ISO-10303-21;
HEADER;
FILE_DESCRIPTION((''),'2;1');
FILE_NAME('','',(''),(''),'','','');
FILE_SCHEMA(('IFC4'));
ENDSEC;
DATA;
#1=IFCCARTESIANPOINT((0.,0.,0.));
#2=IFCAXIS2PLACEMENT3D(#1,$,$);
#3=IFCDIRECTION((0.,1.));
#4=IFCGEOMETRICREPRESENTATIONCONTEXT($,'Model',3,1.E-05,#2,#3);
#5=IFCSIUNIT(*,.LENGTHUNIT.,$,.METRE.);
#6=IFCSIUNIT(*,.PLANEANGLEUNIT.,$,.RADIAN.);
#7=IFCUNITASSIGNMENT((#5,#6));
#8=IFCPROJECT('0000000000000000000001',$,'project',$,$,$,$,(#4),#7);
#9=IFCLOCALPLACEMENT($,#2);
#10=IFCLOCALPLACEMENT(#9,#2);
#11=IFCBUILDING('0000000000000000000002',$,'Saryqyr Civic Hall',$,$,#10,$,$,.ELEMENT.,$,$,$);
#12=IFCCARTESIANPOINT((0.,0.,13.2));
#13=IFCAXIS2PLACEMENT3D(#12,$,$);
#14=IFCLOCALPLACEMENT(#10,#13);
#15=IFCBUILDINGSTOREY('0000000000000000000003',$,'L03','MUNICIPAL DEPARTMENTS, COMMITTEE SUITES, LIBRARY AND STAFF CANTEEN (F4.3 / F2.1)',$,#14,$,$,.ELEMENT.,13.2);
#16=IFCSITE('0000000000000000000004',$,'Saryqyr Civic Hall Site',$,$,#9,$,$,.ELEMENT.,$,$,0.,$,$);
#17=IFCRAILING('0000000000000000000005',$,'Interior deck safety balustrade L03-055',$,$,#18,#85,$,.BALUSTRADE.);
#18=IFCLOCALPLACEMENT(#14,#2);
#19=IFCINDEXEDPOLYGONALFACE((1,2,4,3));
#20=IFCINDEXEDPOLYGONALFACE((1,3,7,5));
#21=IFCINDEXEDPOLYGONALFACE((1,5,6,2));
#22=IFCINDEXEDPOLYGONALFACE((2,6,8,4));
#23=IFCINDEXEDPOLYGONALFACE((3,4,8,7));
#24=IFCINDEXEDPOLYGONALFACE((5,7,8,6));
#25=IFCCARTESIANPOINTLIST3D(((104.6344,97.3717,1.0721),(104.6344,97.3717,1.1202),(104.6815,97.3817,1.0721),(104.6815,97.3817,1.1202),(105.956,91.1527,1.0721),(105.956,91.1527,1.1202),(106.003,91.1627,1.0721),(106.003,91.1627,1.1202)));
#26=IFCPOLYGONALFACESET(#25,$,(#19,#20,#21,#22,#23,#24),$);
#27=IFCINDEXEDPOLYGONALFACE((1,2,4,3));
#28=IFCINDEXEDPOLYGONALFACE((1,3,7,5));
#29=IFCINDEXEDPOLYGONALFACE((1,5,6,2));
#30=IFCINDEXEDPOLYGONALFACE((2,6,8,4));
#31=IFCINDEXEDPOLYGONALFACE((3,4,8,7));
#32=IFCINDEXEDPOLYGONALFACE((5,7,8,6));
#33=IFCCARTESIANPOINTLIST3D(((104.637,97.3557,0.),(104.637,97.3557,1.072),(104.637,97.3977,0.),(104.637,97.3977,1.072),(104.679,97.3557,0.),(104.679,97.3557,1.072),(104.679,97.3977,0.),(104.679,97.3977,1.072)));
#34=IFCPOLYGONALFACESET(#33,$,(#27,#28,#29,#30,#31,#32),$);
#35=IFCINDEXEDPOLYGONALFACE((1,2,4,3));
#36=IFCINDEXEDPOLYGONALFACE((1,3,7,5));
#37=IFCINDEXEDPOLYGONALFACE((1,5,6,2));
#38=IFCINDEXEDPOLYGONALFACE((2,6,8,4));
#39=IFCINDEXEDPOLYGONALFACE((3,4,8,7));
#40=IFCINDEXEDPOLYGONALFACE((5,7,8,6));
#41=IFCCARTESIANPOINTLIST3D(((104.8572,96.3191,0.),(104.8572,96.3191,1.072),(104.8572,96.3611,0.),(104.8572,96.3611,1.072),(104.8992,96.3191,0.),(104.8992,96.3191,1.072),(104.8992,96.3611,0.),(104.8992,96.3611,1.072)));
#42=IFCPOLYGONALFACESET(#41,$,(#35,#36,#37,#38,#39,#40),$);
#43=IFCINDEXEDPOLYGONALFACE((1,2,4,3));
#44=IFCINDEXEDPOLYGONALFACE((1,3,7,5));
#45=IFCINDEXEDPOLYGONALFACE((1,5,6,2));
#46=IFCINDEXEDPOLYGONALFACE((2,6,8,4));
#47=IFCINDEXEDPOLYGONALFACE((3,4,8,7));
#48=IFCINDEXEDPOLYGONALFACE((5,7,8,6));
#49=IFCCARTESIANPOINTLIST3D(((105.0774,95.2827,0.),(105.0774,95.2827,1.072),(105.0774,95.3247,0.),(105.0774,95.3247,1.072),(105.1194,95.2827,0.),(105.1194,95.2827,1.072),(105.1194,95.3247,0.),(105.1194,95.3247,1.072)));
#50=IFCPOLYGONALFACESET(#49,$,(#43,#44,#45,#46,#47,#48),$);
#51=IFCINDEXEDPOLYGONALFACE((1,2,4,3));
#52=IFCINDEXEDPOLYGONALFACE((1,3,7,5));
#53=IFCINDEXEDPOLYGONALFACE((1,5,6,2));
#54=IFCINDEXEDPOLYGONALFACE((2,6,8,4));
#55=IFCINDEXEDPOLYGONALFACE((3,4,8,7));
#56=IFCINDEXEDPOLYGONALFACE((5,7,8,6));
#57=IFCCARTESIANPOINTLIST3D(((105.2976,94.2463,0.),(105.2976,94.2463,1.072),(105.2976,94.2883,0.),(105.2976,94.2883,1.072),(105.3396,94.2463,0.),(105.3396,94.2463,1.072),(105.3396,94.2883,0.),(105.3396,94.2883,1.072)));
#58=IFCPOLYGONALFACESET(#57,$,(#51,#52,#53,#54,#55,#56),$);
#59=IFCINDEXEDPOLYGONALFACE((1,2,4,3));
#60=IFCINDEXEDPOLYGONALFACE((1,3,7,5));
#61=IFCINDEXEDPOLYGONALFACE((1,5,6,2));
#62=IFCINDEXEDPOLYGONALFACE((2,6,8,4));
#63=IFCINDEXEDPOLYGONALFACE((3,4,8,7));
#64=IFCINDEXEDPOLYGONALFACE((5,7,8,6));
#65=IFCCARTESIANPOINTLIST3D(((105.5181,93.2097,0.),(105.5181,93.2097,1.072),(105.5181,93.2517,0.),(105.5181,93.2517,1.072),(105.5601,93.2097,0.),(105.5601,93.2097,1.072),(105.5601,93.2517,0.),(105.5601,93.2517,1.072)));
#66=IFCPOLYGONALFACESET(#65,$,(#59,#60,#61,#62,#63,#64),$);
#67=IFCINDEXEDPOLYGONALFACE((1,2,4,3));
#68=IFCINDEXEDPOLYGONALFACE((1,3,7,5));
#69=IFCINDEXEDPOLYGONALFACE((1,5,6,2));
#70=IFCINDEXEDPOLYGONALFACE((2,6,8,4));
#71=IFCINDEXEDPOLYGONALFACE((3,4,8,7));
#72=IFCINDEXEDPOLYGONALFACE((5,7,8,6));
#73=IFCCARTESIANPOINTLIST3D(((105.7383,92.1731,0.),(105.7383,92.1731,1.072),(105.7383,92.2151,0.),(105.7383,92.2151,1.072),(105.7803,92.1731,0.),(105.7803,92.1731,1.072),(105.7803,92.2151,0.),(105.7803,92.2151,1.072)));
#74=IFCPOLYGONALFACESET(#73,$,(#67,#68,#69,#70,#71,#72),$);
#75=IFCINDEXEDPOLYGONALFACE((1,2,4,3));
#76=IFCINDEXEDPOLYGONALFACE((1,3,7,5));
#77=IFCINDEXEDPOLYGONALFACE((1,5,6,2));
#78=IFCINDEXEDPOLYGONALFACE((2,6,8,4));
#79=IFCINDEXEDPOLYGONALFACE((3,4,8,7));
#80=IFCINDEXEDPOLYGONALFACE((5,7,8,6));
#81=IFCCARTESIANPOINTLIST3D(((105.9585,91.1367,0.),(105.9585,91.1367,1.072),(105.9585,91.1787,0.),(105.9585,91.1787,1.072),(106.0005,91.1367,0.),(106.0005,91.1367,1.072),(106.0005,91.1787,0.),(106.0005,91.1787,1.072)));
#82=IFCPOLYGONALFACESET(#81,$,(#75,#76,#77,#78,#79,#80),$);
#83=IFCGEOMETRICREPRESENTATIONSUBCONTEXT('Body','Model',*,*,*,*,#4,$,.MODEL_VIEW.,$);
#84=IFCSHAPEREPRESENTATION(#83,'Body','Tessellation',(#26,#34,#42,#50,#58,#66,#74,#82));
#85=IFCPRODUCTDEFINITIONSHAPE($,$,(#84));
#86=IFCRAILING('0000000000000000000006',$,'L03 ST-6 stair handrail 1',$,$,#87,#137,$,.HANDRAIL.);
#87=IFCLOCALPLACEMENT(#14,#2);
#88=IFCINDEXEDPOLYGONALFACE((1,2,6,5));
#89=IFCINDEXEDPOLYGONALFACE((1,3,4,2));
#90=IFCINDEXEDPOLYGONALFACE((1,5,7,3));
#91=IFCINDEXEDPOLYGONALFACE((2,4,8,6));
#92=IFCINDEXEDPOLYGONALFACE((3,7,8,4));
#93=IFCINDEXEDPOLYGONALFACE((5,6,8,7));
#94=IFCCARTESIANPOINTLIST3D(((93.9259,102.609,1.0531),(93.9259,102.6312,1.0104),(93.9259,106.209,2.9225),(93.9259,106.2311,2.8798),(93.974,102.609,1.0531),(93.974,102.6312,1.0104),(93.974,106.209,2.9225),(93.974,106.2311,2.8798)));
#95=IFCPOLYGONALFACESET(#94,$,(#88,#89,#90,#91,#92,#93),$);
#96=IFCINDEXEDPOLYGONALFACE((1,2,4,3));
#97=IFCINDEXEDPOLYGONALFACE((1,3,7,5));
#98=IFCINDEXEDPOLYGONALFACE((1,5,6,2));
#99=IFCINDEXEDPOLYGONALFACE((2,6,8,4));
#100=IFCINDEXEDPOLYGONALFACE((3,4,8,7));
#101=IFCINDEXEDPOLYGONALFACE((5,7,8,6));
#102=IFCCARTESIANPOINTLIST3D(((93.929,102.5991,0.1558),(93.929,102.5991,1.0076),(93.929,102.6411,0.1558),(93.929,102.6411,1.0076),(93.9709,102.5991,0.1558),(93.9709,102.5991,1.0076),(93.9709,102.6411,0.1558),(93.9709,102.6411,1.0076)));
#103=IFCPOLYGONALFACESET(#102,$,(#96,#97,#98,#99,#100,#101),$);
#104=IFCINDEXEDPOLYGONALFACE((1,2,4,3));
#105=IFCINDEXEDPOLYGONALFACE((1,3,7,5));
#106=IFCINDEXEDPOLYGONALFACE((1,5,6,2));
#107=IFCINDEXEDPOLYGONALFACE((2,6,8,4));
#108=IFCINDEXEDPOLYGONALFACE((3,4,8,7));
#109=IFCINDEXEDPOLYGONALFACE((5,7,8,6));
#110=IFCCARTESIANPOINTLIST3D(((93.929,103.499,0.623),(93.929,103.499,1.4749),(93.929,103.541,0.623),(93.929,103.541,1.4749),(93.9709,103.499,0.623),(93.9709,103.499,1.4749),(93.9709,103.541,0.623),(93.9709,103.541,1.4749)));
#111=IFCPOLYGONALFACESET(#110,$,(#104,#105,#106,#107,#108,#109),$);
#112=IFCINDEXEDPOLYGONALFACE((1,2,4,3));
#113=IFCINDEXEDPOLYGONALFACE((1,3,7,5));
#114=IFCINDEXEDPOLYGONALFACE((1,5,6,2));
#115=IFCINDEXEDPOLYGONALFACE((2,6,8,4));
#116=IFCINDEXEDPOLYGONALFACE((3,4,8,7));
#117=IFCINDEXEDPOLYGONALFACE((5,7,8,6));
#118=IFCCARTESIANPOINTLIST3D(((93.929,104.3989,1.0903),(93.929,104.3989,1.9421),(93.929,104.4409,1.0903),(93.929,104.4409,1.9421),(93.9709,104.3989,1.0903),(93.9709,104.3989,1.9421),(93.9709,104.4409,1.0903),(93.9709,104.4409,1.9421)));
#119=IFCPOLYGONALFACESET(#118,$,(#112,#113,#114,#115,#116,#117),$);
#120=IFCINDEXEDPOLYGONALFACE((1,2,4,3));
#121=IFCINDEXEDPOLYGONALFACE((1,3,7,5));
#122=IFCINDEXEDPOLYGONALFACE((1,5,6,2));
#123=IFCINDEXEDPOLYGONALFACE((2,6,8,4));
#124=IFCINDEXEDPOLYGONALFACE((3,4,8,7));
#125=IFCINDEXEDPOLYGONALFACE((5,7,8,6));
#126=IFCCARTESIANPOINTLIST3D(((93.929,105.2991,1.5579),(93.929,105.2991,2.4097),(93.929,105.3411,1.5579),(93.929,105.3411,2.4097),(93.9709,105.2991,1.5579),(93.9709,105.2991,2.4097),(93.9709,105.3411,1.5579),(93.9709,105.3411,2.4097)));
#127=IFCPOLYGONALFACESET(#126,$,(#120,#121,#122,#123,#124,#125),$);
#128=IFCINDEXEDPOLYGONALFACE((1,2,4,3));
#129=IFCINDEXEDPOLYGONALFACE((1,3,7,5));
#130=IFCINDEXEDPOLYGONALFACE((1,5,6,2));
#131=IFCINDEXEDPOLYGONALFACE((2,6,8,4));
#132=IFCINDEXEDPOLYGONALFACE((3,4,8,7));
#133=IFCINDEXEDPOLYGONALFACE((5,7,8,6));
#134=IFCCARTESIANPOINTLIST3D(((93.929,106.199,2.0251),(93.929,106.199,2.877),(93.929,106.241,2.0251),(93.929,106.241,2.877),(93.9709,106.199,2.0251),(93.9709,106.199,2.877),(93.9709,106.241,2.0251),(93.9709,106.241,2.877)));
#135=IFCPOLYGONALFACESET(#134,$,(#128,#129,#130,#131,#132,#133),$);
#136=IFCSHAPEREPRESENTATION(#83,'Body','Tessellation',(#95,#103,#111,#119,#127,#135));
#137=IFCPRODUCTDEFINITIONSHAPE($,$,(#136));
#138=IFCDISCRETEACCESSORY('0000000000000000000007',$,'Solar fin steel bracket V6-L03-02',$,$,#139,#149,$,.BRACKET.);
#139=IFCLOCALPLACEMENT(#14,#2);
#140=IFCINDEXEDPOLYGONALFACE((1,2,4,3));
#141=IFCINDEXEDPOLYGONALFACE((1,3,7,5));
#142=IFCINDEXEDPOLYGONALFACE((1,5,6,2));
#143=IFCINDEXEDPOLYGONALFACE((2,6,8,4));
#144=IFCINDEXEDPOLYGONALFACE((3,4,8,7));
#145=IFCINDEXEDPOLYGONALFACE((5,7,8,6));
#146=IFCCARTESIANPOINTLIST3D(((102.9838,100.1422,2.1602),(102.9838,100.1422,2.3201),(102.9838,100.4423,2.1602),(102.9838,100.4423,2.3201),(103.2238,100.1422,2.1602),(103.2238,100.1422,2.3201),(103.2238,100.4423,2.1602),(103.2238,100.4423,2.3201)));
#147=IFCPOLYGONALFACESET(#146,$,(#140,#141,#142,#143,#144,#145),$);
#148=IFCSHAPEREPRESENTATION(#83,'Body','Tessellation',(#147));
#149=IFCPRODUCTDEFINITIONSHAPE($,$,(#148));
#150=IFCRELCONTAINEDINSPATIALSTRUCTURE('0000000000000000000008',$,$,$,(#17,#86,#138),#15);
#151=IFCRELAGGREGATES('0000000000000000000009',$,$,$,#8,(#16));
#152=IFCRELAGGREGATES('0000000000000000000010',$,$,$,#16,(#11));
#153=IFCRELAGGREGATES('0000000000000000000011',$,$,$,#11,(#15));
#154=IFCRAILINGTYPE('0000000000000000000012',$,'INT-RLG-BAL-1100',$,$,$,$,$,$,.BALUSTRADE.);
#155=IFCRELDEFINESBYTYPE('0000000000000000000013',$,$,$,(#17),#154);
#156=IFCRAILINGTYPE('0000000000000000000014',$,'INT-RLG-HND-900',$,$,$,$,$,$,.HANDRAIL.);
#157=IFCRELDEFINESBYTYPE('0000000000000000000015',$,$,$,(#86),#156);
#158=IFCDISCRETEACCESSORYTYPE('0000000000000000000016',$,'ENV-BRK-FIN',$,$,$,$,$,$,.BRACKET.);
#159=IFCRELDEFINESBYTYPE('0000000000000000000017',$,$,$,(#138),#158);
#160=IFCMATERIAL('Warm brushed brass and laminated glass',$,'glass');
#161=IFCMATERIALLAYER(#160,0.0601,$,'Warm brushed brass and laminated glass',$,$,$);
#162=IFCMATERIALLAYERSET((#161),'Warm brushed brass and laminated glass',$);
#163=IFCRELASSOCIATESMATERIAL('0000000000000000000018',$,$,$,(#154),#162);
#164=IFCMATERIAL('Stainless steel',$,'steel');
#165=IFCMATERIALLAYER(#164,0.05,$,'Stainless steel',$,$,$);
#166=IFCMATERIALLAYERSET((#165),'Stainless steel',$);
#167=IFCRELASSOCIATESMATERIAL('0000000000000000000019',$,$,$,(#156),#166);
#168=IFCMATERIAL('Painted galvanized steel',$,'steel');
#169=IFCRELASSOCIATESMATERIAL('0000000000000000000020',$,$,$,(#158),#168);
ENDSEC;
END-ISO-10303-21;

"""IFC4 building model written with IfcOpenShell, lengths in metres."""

from ifc_helpers import new_model, si_unit, direction, frame, origin, origin_2d, place, context, subcontext, project, spatial, rectangle, extrude, material, layer, layer_set, type_object, element, save


model = new_model("IFC4")

# Units and contexts
model_context = context("Model", 3, precision=1e-05, world=origin(), true_north=direction((0.0, 1.0)))
body_context = subcontext(model_context, "Body", "Model", "MODEL_VIEW")
ifc_project = project(units=[si_unit("LENGTHUNIT", "METRE"), si_unit("PLANEANGLEUNIT", "RADIAN")], contexts=[model_context])

# Site, building, storey
site_placement = place(None, origin())
site = spatial("IfcSite", under=ifc_project, at=site_placement, Name="Saryqyr Civic Hall Site", CompositionType="ELEMENT", RefElevation=0.0)
building_placement = place(site_placement, origin())
building = spatial("IfcBuilding", under=site, at=building_placement, Name="Saryqyr Civic Hall", CompositionType="ELEMENT")
storey_placement = place(building_placement, frame((0.0, 0.0, 13.2)))
storey = spatial("IfcBuildingStorey", under=building, at=storey_placement, Name="L03", Description="MUNICIPAL DEPARTMENTS, COMMITTEE SUITES, LIBRARY AND STAFF CANTEEN (F4.3 / F2.1)", CompositionType="ELEMENT", Elevation=13.2)

# Shared definitions
ifc_material_1 = material(Name="Painted galvanized steel", Category="steel")

# Railings
ifc_material_2 = material(Name="Warm brushed brass and laminated glass", Category="glass")
ifc_layer_1 = layer(ifc_material_2, 0.0601, Name="Warm brushed brass and laminated glass")
ifc_layer_set_1 = layer_set([ifc_layer_1], Name="Warm brushed brass and laminated glass")
railing_type_1 = type_object("IfcRailingType", Name="INT-RLG-BAL-1100", PredefinedType="BALUSTRADE", material=ifc_layer_set_1)
railing_1_placement = place(storey_placement, frame((104.658, 97.3767, 0.0)))
element("IfcRailing", 1, at=railing_1_placement, inside=storey, type_object=railing_type_1, Name="Interior deck safety balustrade L03-055", PredefinedType="BALUSTRADE", context=body_context, shape_type="SweptSolid", body=[
    extrude(rectangle(XDim=0.0481, YDim=0.0481, at=origin_2d()), frame((0.0, 0.0, 1.0962), z_axis=(0.207858, -0.978159, 0.0), x_axis=(0.978159, 0.207858, 0.0)), (0.0, 0.0, 1.0), 6.3579),
    extrude(rectangle(XDim=0.042, YDim=0.042, at=origin_2d()), origin(), (0.0, 0.0, 1.0), 1.072),
    extrude(rectangle(XDim=0.042, YDim=0.042, at=origin_2d()), frame((0.2202, -1.0366, 0.0)), (0.0, 0.0, 1.0), 1.072),
    extrude(rectangle(XDim=0.042, YDim=0.042, at=origin_2d()), frame((0.4404, -2.073, 0.0)), (0.0, 0.0, 1.0), 1.072),
    extrude(rectangle(XDim=0.042, YDim=0.042, at=origin_2d()), frame((0.6606, -3.1094, 0.0)), (0.0, 0.0, 1.0), 1.072),
    extrude(rectangle(XDim=0.042, YDim=0.042, at=origin_2d()), frame((0.8811, -4.146, 0.0)), (0.0, 0.0, 1.0), 1.072),
    extrude(rectangle(XDim=0.042, YDim=0.042, at=origin_2d()), frame((1.1013, -5.1826, 0.0)), (0.0, 0.0, 1.0), 1.072),
    extrude(rectangle(XDim=0.042, YDim=0.042, at=origin_2d()), frame((1.3215, -6.219, 0.0)), (0.0, 0.0, 1.0), 1.072),
])
ifc_material_3 = material(Name="Stainless steel", Category="steel")
ifc_layer_2 = layer(ifc_material_3, 0.05, Name="Stainless steel")
ifc_layer_set_2 = layer_set([ifc_layer_2], Name="Stainless steel")
railing_type_2 = type_object("IfcRailingType", Name="INT-RLG-HND-900", PredefinedType="HANDRAIL", material=ifc_layer_set_2)
railing_2_placement = place(storey_placement, frame((93.95, 102.6201, 0.1558)))
element("IfcRailing", 2, at=railing_2_placement, inside=storey, type_object=railing_type_2, Name="L03 ST-6 stair handrail 1", PredefinedType="HANDRAIL", context=body_context, shape_type="SweptSolid", body=[
    extrude(rectangle(XDim=0.0481, YDim=0.0481, at=origin_2d()), frame((0.0, 0.0, 0.876), z_axis=(0.0, 0.887473, 0.46086), x_axis=(-1.0, 0.0, 0.0)), (0.0, 0.0, 1.0), 4.0564),
    extrude(rectangle(XDim=0.042, YDim=0.042, at=origin_2d()), origin(), (0.0, 0.0, 1.0), 0.8518),
    extrude(rectangle(XDim=0.042, YDim=0.042, at=origin_2d()), frame((0.0, 0.8999, 0.4673)), (0.0, 0.0, 1.0), 0.8518),
    extrude(rectangle(XDim=0.042, YDim=0.042, at=origin_2d()), frame((0.0, 1.7998, 0.9346)), (0.0, 0.0, 1.0), 0.8518),
    extrude(rectangle(XDim=0.042, YDim=0.042, at=origin_2d()), frame((0.0, 2.7, 1.4021)), (0.0, 0.0, 1.0), 0.8518),
    extrude(rectangle(XDim=0.042, YDim=0.042, at=origin_2d()), frame((0.0, 3.5999, 1.8694)), (0.0, 0.0, 1.0), 0.8518),
])

# Discrete accessory
discrete_accessory_type = type_object("IfcDiscreteAccessoryType", Name="ENV-BRK-FIN", PredefinedType="BRACKET", material=ifc_material_1)
discrete_accessory_placement = place(storey_placement, frame((103.1038, 100.2922, 2.1602), z_axis=(0.0, 0.0, 1.0), x_axis=(1.0, 0.0, 0.0)))
element("IfcDiscreteAccessory", 3, at=discrete_accessory_placement, inside=storey, type_object=discrete_accessory_type, Name="Solar fin steel bracket V6-L03-02", PredefinedType="BRACKET", context=body_context, shape_type="SweptSolid", body=[
    extrude(rectangle(XDim=0.24, YDim=0.3, at=origin_2d()), origin(), (0.0, 0.0, 1.0), 0.1599),
])

save(model, "model.ifc")
